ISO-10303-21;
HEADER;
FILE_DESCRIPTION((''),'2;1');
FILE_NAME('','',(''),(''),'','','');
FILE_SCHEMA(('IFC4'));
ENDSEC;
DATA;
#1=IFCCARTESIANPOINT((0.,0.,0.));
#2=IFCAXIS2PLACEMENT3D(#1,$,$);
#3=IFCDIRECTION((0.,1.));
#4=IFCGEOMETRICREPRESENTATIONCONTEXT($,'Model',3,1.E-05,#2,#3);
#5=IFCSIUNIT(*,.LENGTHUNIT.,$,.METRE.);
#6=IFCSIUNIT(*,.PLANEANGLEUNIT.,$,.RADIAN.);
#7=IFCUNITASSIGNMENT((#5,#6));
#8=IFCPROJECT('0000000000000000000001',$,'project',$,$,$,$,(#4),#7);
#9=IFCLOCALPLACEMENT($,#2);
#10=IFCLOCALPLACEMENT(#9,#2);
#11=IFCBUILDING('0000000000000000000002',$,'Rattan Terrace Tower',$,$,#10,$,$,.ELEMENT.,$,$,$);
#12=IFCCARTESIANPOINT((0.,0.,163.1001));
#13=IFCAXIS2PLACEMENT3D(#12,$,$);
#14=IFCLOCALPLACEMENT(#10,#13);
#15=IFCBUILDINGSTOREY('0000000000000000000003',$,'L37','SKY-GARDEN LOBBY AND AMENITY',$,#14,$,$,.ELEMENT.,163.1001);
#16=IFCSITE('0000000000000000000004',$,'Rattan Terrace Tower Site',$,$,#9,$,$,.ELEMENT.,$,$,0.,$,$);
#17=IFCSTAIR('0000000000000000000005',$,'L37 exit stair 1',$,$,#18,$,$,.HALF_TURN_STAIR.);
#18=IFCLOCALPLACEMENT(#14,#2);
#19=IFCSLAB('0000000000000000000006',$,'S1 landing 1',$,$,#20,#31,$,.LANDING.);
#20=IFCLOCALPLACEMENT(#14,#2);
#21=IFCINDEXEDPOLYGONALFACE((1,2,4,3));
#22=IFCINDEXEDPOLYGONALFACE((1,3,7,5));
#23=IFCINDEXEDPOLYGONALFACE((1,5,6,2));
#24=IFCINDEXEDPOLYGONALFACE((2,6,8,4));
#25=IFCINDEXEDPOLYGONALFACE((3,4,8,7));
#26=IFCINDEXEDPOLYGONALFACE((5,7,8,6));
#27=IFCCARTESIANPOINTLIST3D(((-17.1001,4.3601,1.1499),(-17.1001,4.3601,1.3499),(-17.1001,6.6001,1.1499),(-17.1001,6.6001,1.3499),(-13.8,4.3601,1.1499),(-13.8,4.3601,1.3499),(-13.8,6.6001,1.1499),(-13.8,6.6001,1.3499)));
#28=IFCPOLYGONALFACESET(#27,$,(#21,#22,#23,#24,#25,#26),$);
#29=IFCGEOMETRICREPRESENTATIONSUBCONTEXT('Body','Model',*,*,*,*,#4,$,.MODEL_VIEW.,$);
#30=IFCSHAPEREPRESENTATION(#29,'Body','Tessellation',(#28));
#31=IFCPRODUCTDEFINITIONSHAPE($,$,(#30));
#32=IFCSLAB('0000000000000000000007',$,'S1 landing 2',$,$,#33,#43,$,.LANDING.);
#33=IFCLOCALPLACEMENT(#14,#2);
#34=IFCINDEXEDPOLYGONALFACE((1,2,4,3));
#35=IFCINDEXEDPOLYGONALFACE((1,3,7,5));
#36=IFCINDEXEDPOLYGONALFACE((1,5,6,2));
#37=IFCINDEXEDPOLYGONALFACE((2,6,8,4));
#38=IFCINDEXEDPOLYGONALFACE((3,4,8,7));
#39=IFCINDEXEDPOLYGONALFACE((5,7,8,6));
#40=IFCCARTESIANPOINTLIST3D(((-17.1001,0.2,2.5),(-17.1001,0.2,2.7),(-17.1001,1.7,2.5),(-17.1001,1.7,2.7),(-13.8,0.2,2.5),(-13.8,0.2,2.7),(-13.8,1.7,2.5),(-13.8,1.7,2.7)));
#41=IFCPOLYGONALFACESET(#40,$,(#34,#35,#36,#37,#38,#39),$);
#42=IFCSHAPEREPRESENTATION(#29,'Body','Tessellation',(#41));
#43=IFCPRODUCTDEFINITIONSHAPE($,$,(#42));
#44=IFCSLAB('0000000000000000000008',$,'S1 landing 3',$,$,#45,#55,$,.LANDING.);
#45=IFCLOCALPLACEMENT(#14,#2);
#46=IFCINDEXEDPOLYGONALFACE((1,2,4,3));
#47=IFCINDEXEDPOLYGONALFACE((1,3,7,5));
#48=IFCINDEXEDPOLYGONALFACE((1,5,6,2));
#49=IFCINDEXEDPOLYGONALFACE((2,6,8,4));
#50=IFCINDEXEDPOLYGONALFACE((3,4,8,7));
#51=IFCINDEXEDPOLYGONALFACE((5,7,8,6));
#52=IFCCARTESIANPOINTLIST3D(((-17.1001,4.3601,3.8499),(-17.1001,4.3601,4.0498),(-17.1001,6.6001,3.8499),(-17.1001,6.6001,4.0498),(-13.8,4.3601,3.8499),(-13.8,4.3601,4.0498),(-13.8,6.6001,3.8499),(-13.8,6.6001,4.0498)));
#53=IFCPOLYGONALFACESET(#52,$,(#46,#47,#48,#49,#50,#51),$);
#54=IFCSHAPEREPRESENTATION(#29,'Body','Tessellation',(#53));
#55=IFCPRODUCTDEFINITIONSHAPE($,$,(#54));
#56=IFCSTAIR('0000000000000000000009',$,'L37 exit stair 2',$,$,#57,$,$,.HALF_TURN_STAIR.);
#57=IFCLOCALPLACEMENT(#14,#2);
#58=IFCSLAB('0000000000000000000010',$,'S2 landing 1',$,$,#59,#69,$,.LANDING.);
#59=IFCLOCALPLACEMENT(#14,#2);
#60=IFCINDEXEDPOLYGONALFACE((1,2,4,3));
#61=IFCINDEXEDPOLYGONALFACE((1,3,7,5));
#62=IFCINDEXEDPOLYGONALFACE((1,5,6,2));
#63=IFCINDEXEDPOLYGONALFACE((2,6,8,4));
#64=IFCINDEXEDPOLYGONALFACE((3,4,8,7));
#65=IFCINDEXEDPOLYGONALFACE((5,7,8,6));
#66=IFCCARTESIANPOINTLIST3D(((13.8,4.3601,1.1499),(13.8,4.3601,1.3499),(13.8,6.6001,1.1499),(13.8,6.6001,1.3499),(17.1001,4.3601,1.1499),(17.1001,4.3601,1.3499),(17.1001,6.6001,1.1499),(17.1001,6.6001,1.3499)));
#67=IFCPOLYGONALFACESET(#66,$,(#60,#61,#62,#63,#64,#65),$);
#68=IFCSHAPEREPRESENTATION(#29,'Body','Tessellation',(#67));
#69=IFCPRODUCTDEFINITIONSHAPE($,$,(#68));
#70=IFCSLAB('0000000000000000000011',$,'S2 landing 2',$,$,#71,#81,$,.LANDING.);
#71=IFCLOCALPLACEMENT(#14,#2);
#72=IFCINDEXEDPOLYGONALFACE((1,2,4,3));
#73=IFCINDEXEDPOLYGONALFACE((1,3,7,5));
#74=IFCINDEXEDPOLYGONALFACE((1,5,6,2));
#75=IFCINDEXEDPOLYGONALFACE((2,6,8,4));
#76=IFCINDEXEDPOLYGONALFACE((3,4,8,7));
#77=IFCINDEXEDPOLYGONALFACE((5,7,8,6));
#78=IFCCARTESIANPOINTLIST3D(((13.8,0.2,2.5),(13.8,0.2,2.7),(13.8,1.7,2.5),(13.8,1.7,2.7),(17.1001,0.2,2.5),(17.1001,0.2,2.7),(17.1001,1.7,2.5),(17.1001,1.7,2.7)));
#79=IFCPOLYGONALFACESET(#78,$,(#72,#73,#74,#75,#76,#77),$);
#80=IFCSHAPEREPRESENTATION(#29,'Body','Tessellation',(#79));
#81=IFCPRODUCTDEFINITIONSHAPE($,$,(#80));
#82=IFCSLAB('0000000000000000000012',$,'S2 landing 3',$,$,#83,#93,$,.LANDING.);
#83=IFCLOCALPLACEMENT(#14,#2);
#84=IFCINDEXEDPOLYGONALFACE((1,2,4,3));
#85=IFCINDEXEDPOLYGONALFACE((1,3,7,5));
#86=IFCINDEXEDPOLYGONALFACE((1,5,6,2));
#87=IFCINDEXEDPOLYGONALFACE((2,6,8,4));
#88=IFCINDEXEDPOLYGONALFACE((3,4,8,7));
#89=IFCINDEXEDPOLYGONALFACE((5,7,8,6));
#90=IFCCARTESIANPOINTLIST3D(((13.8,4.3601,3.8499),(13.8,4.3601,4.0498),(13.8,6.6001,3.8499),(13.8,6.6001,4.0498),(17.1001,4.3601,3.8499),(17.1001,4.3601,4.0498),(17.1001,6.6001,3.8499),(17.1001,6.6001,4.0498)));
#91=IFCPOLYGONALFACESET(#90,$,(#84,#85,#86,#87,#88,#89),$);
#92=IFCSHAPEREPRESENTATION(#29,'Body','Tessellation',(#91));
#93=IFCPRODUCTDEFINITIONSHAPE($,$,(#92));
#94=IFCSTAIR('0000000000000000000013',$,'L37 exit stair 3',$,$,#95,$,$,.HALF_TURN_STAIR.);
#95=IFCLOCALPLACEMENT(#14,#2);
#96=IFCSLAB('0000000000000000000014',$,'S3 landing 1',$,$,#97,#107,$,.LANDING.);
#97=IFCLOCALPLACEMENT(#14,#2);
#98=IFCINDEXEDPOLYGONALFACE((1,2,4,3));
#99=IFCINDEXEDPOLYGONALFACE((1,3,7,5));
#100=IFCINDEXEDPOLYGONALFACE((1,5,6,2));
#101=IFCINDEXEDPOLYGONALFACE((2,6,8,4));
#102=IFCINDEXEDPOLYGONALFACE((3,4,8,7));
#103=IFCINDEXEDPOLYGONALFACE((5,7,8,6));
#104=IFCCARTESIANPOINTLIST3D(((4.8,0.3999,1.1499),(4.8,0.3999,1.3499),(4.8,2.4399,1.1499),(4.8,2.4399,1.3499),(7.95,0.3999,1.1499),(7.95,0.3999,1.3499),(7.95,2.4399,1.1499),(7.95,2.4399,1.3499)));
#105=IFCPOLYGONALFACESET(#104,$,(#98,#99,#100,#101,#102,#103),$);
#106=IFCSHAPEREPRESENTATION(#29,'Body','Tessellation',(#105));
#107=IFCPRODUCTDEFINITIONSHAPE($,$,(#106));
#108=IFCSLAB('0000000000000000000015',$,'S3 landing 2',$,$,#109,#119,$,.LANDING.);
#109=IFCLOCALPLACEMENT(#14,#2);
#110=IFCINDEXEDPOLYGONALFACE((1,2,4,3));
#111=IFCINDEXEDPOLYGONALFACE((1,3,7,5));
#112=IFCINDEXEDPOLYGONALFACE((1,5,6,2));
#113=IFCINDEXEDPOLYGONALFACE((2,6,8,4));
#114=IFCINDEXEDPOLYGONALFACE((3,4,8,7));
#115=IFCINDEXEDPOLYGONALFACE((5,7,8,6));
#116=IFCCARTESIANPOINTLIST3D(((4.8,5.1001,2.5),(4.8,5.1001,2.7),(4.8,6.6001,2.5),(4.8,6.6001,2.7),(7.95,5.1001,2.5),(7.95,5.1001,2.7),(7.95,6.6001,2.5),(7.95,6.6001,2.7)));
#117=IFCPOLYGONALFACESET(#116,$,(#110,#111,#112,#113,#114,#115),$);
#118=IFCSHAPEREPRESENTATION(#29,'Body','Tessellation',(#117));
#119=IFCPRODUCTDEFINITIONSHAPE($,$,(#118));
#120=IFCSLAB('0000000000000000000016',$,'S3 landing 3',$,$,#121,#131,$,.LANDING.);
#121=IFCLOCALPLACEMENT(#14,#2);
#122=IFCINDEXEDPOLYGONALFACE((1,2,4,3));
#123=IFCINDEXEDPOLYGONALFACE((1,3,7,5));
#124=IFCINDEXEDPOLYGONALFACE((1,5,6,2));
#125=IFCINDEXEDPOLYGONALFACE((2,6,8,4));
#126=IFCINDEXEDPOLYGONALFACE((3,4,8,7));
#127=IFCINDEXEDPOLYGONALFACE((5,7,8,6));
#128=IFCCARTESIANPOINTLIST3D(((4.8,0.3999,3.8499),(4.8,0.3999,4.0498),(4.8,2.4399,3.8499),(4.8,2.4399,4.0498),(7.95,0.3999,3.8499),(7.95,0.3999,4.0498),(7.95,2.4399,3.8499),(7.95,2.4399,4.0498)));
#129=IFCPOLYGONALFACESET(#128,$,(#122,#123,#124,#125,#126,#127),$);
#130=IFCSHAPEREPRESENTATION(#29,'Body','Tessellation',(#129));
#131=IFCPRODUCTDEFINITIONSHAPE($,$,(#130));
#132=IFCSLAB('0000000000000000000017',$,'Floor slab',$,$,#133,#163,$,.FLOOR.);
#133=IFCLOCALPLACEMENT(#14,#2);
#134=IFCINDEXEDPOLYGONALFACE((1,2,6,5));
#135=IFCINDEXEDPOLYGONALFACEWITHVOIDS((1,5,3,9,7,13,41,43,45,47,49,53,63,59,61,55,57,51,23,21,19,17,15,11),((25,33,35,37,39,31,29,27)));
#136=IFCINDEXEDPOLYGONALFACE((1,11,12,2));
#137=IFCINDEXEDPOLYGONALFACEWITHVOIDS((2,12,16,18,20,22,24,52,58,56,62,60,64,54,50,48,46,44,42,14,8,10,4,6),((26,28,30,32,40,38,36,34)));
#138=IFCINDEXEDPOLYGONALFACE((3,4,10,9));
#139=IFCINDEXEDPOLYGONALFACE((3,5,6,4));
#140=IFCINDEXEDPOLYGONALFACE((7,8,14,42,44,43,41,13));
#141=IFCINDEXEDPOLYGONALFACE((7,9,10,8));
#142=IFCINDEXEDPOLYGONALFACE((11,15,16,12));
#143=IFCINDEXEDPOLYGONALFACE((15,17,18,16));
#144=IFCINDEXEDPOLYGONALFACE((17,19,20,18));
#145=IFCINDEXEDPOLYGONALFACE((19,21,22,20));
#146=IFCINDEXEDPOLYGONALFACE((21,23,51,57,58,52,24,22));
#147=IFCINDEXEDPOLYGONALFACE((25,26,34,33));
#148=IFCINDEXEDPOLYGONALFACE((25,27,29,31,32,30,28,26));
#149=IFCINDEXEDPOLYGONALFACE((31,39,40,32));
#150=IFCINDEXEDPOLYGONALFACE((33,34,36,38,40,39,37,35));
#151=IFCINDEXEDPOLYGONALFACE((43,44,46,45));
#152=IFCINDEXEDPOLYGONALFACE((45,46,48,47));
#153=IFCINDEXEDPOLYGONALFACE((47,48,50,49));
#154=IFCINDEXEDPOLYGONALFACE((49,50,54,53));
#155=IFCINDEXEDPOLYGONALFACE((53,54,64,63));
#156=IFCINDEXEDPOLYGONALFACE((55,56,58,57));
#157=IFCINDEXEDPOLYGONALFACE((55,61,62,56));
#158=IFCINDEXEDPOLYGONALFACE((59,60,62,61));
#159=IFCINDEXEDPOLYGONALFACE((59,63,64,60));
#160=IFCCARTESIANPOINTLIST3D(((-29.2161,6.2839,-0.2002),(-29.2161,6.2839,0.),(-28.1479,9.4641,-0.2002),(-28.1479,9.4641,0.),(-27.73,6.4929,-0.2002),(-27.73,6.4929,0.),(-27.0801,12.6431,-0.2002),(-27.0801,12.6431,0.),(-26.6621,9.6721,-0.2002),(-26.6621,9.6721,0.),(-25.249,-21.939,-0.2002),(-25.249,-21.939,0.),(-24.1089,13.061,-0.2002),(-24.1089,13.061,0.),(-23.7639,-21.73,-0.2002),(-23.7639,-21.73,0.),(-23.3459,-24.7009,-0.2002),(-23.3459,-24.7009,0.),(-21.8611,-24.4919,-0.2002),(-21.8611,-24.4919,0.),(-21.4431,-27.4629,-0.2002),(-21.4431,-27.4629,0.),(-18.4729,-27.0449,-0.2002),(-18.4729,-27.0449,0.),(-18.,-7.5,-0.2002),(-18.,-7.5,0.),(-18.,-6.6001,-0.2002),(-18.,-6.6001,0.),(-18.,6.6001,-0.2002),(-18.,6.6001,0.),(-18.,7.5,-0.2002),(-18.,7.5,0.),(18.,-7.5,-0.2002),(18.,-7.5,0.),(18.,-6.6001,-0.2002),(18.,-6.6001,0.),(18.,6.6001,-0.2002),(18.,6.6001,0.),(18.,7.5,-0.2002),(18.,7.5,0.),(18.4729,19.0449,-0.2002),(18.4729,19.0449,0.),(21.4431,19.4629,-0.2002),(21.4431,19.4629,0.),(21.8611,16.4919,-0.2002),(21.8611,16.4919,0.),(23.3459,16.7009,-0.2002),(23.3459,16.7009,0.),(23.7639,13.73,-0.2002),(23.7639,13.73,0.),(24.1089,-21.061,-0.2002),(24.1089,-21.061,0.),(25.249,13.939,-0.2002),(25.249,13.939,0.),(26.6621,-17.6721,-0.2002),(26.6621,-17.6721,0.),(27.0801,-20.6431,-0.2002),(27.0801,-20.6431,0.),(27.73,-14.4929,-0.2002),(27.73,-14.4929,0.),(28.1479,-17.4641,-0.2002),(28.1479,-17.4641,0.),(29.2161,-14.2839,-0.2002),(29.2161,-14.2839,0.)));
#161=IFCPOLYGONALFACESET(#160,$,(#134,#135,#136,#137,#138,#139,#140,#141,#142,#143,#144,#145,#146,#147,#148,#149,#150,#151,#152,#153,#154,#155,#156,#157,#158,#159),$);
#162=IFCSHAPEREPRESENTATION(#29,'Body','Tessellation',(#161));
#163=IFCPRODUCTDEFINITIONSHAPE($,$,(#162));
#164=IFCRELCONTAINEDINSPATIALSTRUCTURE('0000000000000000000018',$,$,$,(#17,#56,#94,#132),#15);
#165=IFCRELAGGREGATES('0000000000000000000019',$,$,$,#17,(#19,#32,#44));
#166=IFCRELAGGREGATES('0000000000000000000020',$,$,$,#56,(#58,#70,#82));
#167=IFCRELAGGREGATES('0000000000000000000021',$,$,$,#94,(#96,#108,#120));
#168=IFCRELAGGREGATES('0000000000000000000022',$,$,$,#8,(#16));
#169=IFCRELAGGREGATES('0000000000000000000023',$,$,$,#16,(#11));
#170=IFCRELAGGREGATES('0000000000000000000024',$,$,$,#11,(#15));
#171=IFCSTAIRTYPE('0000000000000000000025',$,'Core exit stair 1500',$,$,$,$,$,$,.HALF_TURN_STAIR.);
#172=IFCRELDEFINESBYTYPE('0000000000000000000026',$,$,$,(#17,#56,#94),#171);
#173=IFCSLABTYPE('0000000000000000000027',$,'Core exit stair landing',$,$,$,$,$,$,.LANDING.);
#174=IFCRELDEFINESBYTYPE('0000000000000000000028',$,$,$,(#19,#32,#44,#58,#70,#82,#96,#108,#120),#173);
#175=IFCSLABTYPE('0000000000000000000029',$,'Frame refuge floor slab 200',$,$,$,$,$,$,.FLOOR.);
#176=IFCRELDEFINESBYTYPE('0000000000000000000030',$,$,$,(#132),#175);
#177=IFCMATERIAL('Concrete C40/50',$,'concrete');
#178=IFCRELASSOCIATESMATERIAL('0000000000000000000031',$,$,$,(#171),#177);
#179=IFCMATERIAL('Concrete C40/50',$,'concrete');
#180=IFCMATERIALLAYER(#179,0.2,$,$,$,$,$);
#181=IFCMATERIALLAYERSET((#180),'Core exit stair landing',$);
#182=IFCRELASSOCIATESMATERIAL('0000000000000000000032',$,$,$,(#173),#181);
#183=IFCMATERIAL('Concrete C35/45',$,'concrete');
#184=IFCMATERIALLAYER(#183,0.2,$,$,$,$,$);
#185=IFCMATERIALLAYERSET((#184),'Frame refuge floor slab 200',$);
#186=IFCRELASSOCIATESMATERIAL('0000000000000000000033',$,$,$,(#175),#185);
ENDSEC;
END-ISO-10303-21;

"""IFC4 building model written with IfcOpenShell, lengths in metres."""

from ifc_helpers import new_model, si_unit, direction, frame, origin, place, context, subcontext, project, spatial, polyline, outline, extrude, material, layer, layer_set, type_object, element, aggregate, save


model = new_model("IFC4")

# Units and contexts
model_context = context("Model", 3, precision=1e-05, world=origin(), true_north=direction((0.0, 1.0)))
body_context = subcontext(model_context, "Body", "Model", "MODEL_VIEW")
ifc_project = project(units=[si_unit("LENGTHUNIT", "METRE"), si_unit("PLANEANGLEUNIT", "RADIAN")], contexts=[model_context])

# Site, building, storey
site_placement = place(None, origin())
site = spatial("IfcSite", under=ifc_project, at=site_placement, Name="Rattan Terrace Tower Site", CompositionType="ELEMENT", RefElevation=0.0)
building_placement = place(site_placement, origin())
building = spatial("IfcBuilding", under=site, at=building_placement, Name="Rattan Terrace Tower", CompositionType="ELEMENT")
storey_placement = place(building_placement, frame((0.0, 0.0, 163.1001)))
storey = spatial("IfcBuildingStorey", under=building, at=storey_placement, Name="L37", Description="SKY-GARDEN LOBBY AND AMENITY", CompositionType="ELEMENT", Elevation=163.1001)

# Stairs, slabs
ifc_material_1 = material(Name="Concrete C40/50", Category="concrete")
stair_type = type_object("IfcStairType", Name="Core exit stair 1500", PredefinedType="HALF_TURN_STAIR", material=ifc_material_1)
stair_1_placement = place(storey_placement, origin())
stair_1 = element("IfcStair", 1, at=stair_1_placement, inside=storey, type_object=stair_type, Name="L37 exit stair 1", PredefinedType="HALF_TURN_STAIR")
ifc_material_2 = material(Name="Concrete C40/50", Category="concrete")
ifc_layer_1 = layer(ifc_material_2, 0.2)
ifc_layer_set_1 = layer_set([ifc_layer_1], Name="Core exit stair landing")
slab_type_1 = type_object("IfcSlabType", Name="Core exit stair landing", PredefinedType="LANDING", material=ifc_layer_set_1)
slab_1_placement = place(storey_placement, frame((0.0, 0.0, 1.1499)))
slab_1 = element("IfcSlab", 2, at=slab_1_placement, type_object=slab_type_1, Name="S1 landing 1", PredefinedType="LANDING", context=body_context, shape_type="SweptSolid", body=[
    extrude(outline(polyline([(-13.8, 4.3601), (-13.8, 6.6001), (-17.1001, 6.6001), (-17.1001, 4.3601), (-13.8, 4.3601)])), origin(), (0.0, 0.0, 1.0), 0.2),
])
slab_2_placement = place(storey_placement, frame((0.0, 0.0, 2.5)))
slab_2 = element("IfcSlab", 3, at=slab_2_placement, type_object=slab_type_1, Name="S1 landing 2", PredefinedType="LANDING", context=body_context, shape_type="SweptSolid", body=[
    extrude(outline(polyline([(-13.8, 0.2), (-13.8, 1.7), (-17.1001, 1.7), (-17.1001, 0.2), (-13.8, 0.2)])), origin(), (0.0, 0.0, 1.0), 0.2),
])
slab_3_placement = place(storey_placement, frame((0.0, 0.0, 3.8499)))
slab_3 = element("IfcSlab", 4, at=slab_3_placement, type_object=slab_type_1, Name="S1 landing 3", PredefinedType="LANDING", context=body_context, shape_type="SweptSolid", body=[
    extrude(outline(polyline([(-13.8, 4.3601), (-13.8, 6.6001), (-17.1001, 6.6001), (-17.1001, 4.3601), (-13.8, 4.3601)])), origin(), (0.0, 0.0, 1.0), 0.2),
])
aggregate(stair_1, [slab_1, slab_2, slab_3])
stair_2_placement = place(storey_placement, origin())
stair_2 = element("IfcStair", 5, at=stair_2_placement, inside=storey, type_object=stair_type, Name="L37 exit stair 2", PredefinedType="HALF_TURN_STAIR")
slab_4_placement = place(storey_placement, frame((0.0, 0.0, 1.1499)))
slab_4 = element("IfcSlab", 6, at=slab_4_placement, type_object=slab_type_1, Name="S2 landing 1", PredefinedType="LANDING", context=body_context, shape_type="SweptSolid", body=[
    extrude(outline(polyline([(17.1001, 4.3601), (17.1001, 6.6001), (13.8, 6.6001), (13.8, 4.3601), (17.1001, 4.3601)])), origin(), (0.0, 0.0, 1.0), 0.2),
])
slab_5_placement = place(storey_placement, frame((0.0, 0.0, 2.5)))
slab_5 = element("IfcSlab", 7, at=slab_5_placement, type_object=slab_type_1, Name="S2 landing 2", PredefinedType="LANDING", context=body_context, shape_type="SweptSolid", body=[
    extrude(outline(polyline([(17.1001, 0.2), (17.1001, 1.7), (13.8, 1.7), (13.8, 0.2), (17.1001, 0.2)])), origin(), (0.0, 0.0, 1.0), 0.2),
])
slab_6_placement = place(storey_placement, frame((0.0, 0.0, 3.8499)))
slab_6 = element("IfcSlab", 8, at=slab_6_placement, type_object=slab_type_1, Name="S2 landing 3", PredefinedType="LANDING", context=body_context, shape_type="SweptSolid", body=[
    extrude(outline(polyline([(17.1001, 4.3601), (17.1001, 6.6001), (13.8, 6.6001), (13.8, 4.3601), (17.1001, 4.3601)])), origin(), (0.0, 0.0, 1.0), 0.2),
])
aggregate(stair_2, [slab_4, slab_5, slab_6])
stair_3_placement = place(storey_placement, origin())
stair_3 = element("IfcStair", 9, at=stair_3_placement, inside=storey, type_object=stair_type, Name="L37 exit stair 3", PredefinedType="HALF_TURN_STAIR")
slab_7_placement = place(storey_placement, frame((0.0, 0.0, 1.1499)))
slab_7 = element("IfcSlab", 10, at=slab_7_placement, type_object=slab_type_1, Name="S3 landing 1", PredefinedType="LANDING", context=body_context, shape_type="SweptSolid", body=[
    extrude(outline(polyline([(4.8, 2.4399), (4.8, 0.3999), (7.95, 0.3999), (7.95, 2.4399), (4.8, 2.4399)])), origin(), (0.0, 0.0, 1.0), 0.2),
])
slab_8_placement = place(storey_placement, frame((0.0, 0.0, 2.5)))
slab_8 = element("IfcSlab", 11, at=slab_8_placement, type_object=slab_type_1, Name="S3 landing 2", PredefinedType="LANDING", context=body_context, shape_type="SweptSolid", body=[
    extrude(outline(polyline([(4.8, 6.6001), (4.8, 5.1001), (7.95, 5.1001), (7.95, 6.6001), (4.8, 6.6001)])), origin(), (0.0, 0.0, 1.0), 0.2),
])
slab_9_placement = place(storey_placement, frame((0.0, 0.0, 3.8499)))
slab_9 = element("IfcSlab", 12, at=slab_9_placement, type_object=slab_type_1, Name="S3 landing 3", PredefinedType="LANDING", context=body_context, shape_type="SweptSolid", body=[
    extrude(outline(polyline([(4.8, 2.4399), (4.8, 0.3999), (7.95, 0.3999), (7.95, 2.4399), (4.8, 2.4399)])), origin(), (0.0, 0.0, 1.0), 0.2),
])
aggregate(stair_3, [slab_7, slab_8, slab_9])

# Slab
ifc_material_3 = material(Name="Concrete C35/45", Category="concrete")
ifc_layer_2 = layer(ifc_material_3, 0.2)
ifc_layer_set_2 = layer_set([ifc_layer_2], Name="Frame refuge floor slab 200")
slab_type_2 = type_object("IfcSlabType", Name="Frame refuge floor slab 200", PredefinedType="FLOOR", material=ifc_layer_set_2)
slab_10_placement = place(storey_placement, frame((0.0, 0.0, -0.2002)))
element("IfcSlab", 13, at=slab_10_placement, inside=storey, type_object=slab_type_2, Name="Floor slab", PredefinedType="FLOOR", context=body_context, shape_type="SweptSolid", body=[
    extrude(outline(polyline([(-18.4729, -27.0449), (24.1089, -21.061), (27.0801, -20.6431), (26.6621, -17.6721), (28.1479, -17.4641), (27.73, -14.4929), (29.2161, -14.2839), (25.249, 13.939), (23.7639, 13.73), (23.3459, 16.7009), (21.8611, 16.4919), (21.4431, 19.4629), (18.4729, 19.0449), (-24.1089, 13.061), (-27.0801, 12.6431), (-26.6621, 9.6721), (-28.1479, 9.4641), (-27.73, 6.4929), (-29.2161, 6.2839), (-25.249, -21.939), (-23.7639, -21.73), (-23.3459, -24.7009), (-21.8611, -24.4919), (-21.4431, -27.4629), (-18.4729, -27.0449)]), holes=[polyline([(-18.0, -6.6001), (-18.0, -7.5), (18.0, -7.5), (18.0, -6.6001), (18.0, 6.6001), (18.0, 7.5), (-18.0, 7.5), (-18.0, 6.6001), (-18.0, -6.6001)])]), origin(), (0.0, 0.0, 1.0), 0.2002),
])

save(model, "model.ifc")
